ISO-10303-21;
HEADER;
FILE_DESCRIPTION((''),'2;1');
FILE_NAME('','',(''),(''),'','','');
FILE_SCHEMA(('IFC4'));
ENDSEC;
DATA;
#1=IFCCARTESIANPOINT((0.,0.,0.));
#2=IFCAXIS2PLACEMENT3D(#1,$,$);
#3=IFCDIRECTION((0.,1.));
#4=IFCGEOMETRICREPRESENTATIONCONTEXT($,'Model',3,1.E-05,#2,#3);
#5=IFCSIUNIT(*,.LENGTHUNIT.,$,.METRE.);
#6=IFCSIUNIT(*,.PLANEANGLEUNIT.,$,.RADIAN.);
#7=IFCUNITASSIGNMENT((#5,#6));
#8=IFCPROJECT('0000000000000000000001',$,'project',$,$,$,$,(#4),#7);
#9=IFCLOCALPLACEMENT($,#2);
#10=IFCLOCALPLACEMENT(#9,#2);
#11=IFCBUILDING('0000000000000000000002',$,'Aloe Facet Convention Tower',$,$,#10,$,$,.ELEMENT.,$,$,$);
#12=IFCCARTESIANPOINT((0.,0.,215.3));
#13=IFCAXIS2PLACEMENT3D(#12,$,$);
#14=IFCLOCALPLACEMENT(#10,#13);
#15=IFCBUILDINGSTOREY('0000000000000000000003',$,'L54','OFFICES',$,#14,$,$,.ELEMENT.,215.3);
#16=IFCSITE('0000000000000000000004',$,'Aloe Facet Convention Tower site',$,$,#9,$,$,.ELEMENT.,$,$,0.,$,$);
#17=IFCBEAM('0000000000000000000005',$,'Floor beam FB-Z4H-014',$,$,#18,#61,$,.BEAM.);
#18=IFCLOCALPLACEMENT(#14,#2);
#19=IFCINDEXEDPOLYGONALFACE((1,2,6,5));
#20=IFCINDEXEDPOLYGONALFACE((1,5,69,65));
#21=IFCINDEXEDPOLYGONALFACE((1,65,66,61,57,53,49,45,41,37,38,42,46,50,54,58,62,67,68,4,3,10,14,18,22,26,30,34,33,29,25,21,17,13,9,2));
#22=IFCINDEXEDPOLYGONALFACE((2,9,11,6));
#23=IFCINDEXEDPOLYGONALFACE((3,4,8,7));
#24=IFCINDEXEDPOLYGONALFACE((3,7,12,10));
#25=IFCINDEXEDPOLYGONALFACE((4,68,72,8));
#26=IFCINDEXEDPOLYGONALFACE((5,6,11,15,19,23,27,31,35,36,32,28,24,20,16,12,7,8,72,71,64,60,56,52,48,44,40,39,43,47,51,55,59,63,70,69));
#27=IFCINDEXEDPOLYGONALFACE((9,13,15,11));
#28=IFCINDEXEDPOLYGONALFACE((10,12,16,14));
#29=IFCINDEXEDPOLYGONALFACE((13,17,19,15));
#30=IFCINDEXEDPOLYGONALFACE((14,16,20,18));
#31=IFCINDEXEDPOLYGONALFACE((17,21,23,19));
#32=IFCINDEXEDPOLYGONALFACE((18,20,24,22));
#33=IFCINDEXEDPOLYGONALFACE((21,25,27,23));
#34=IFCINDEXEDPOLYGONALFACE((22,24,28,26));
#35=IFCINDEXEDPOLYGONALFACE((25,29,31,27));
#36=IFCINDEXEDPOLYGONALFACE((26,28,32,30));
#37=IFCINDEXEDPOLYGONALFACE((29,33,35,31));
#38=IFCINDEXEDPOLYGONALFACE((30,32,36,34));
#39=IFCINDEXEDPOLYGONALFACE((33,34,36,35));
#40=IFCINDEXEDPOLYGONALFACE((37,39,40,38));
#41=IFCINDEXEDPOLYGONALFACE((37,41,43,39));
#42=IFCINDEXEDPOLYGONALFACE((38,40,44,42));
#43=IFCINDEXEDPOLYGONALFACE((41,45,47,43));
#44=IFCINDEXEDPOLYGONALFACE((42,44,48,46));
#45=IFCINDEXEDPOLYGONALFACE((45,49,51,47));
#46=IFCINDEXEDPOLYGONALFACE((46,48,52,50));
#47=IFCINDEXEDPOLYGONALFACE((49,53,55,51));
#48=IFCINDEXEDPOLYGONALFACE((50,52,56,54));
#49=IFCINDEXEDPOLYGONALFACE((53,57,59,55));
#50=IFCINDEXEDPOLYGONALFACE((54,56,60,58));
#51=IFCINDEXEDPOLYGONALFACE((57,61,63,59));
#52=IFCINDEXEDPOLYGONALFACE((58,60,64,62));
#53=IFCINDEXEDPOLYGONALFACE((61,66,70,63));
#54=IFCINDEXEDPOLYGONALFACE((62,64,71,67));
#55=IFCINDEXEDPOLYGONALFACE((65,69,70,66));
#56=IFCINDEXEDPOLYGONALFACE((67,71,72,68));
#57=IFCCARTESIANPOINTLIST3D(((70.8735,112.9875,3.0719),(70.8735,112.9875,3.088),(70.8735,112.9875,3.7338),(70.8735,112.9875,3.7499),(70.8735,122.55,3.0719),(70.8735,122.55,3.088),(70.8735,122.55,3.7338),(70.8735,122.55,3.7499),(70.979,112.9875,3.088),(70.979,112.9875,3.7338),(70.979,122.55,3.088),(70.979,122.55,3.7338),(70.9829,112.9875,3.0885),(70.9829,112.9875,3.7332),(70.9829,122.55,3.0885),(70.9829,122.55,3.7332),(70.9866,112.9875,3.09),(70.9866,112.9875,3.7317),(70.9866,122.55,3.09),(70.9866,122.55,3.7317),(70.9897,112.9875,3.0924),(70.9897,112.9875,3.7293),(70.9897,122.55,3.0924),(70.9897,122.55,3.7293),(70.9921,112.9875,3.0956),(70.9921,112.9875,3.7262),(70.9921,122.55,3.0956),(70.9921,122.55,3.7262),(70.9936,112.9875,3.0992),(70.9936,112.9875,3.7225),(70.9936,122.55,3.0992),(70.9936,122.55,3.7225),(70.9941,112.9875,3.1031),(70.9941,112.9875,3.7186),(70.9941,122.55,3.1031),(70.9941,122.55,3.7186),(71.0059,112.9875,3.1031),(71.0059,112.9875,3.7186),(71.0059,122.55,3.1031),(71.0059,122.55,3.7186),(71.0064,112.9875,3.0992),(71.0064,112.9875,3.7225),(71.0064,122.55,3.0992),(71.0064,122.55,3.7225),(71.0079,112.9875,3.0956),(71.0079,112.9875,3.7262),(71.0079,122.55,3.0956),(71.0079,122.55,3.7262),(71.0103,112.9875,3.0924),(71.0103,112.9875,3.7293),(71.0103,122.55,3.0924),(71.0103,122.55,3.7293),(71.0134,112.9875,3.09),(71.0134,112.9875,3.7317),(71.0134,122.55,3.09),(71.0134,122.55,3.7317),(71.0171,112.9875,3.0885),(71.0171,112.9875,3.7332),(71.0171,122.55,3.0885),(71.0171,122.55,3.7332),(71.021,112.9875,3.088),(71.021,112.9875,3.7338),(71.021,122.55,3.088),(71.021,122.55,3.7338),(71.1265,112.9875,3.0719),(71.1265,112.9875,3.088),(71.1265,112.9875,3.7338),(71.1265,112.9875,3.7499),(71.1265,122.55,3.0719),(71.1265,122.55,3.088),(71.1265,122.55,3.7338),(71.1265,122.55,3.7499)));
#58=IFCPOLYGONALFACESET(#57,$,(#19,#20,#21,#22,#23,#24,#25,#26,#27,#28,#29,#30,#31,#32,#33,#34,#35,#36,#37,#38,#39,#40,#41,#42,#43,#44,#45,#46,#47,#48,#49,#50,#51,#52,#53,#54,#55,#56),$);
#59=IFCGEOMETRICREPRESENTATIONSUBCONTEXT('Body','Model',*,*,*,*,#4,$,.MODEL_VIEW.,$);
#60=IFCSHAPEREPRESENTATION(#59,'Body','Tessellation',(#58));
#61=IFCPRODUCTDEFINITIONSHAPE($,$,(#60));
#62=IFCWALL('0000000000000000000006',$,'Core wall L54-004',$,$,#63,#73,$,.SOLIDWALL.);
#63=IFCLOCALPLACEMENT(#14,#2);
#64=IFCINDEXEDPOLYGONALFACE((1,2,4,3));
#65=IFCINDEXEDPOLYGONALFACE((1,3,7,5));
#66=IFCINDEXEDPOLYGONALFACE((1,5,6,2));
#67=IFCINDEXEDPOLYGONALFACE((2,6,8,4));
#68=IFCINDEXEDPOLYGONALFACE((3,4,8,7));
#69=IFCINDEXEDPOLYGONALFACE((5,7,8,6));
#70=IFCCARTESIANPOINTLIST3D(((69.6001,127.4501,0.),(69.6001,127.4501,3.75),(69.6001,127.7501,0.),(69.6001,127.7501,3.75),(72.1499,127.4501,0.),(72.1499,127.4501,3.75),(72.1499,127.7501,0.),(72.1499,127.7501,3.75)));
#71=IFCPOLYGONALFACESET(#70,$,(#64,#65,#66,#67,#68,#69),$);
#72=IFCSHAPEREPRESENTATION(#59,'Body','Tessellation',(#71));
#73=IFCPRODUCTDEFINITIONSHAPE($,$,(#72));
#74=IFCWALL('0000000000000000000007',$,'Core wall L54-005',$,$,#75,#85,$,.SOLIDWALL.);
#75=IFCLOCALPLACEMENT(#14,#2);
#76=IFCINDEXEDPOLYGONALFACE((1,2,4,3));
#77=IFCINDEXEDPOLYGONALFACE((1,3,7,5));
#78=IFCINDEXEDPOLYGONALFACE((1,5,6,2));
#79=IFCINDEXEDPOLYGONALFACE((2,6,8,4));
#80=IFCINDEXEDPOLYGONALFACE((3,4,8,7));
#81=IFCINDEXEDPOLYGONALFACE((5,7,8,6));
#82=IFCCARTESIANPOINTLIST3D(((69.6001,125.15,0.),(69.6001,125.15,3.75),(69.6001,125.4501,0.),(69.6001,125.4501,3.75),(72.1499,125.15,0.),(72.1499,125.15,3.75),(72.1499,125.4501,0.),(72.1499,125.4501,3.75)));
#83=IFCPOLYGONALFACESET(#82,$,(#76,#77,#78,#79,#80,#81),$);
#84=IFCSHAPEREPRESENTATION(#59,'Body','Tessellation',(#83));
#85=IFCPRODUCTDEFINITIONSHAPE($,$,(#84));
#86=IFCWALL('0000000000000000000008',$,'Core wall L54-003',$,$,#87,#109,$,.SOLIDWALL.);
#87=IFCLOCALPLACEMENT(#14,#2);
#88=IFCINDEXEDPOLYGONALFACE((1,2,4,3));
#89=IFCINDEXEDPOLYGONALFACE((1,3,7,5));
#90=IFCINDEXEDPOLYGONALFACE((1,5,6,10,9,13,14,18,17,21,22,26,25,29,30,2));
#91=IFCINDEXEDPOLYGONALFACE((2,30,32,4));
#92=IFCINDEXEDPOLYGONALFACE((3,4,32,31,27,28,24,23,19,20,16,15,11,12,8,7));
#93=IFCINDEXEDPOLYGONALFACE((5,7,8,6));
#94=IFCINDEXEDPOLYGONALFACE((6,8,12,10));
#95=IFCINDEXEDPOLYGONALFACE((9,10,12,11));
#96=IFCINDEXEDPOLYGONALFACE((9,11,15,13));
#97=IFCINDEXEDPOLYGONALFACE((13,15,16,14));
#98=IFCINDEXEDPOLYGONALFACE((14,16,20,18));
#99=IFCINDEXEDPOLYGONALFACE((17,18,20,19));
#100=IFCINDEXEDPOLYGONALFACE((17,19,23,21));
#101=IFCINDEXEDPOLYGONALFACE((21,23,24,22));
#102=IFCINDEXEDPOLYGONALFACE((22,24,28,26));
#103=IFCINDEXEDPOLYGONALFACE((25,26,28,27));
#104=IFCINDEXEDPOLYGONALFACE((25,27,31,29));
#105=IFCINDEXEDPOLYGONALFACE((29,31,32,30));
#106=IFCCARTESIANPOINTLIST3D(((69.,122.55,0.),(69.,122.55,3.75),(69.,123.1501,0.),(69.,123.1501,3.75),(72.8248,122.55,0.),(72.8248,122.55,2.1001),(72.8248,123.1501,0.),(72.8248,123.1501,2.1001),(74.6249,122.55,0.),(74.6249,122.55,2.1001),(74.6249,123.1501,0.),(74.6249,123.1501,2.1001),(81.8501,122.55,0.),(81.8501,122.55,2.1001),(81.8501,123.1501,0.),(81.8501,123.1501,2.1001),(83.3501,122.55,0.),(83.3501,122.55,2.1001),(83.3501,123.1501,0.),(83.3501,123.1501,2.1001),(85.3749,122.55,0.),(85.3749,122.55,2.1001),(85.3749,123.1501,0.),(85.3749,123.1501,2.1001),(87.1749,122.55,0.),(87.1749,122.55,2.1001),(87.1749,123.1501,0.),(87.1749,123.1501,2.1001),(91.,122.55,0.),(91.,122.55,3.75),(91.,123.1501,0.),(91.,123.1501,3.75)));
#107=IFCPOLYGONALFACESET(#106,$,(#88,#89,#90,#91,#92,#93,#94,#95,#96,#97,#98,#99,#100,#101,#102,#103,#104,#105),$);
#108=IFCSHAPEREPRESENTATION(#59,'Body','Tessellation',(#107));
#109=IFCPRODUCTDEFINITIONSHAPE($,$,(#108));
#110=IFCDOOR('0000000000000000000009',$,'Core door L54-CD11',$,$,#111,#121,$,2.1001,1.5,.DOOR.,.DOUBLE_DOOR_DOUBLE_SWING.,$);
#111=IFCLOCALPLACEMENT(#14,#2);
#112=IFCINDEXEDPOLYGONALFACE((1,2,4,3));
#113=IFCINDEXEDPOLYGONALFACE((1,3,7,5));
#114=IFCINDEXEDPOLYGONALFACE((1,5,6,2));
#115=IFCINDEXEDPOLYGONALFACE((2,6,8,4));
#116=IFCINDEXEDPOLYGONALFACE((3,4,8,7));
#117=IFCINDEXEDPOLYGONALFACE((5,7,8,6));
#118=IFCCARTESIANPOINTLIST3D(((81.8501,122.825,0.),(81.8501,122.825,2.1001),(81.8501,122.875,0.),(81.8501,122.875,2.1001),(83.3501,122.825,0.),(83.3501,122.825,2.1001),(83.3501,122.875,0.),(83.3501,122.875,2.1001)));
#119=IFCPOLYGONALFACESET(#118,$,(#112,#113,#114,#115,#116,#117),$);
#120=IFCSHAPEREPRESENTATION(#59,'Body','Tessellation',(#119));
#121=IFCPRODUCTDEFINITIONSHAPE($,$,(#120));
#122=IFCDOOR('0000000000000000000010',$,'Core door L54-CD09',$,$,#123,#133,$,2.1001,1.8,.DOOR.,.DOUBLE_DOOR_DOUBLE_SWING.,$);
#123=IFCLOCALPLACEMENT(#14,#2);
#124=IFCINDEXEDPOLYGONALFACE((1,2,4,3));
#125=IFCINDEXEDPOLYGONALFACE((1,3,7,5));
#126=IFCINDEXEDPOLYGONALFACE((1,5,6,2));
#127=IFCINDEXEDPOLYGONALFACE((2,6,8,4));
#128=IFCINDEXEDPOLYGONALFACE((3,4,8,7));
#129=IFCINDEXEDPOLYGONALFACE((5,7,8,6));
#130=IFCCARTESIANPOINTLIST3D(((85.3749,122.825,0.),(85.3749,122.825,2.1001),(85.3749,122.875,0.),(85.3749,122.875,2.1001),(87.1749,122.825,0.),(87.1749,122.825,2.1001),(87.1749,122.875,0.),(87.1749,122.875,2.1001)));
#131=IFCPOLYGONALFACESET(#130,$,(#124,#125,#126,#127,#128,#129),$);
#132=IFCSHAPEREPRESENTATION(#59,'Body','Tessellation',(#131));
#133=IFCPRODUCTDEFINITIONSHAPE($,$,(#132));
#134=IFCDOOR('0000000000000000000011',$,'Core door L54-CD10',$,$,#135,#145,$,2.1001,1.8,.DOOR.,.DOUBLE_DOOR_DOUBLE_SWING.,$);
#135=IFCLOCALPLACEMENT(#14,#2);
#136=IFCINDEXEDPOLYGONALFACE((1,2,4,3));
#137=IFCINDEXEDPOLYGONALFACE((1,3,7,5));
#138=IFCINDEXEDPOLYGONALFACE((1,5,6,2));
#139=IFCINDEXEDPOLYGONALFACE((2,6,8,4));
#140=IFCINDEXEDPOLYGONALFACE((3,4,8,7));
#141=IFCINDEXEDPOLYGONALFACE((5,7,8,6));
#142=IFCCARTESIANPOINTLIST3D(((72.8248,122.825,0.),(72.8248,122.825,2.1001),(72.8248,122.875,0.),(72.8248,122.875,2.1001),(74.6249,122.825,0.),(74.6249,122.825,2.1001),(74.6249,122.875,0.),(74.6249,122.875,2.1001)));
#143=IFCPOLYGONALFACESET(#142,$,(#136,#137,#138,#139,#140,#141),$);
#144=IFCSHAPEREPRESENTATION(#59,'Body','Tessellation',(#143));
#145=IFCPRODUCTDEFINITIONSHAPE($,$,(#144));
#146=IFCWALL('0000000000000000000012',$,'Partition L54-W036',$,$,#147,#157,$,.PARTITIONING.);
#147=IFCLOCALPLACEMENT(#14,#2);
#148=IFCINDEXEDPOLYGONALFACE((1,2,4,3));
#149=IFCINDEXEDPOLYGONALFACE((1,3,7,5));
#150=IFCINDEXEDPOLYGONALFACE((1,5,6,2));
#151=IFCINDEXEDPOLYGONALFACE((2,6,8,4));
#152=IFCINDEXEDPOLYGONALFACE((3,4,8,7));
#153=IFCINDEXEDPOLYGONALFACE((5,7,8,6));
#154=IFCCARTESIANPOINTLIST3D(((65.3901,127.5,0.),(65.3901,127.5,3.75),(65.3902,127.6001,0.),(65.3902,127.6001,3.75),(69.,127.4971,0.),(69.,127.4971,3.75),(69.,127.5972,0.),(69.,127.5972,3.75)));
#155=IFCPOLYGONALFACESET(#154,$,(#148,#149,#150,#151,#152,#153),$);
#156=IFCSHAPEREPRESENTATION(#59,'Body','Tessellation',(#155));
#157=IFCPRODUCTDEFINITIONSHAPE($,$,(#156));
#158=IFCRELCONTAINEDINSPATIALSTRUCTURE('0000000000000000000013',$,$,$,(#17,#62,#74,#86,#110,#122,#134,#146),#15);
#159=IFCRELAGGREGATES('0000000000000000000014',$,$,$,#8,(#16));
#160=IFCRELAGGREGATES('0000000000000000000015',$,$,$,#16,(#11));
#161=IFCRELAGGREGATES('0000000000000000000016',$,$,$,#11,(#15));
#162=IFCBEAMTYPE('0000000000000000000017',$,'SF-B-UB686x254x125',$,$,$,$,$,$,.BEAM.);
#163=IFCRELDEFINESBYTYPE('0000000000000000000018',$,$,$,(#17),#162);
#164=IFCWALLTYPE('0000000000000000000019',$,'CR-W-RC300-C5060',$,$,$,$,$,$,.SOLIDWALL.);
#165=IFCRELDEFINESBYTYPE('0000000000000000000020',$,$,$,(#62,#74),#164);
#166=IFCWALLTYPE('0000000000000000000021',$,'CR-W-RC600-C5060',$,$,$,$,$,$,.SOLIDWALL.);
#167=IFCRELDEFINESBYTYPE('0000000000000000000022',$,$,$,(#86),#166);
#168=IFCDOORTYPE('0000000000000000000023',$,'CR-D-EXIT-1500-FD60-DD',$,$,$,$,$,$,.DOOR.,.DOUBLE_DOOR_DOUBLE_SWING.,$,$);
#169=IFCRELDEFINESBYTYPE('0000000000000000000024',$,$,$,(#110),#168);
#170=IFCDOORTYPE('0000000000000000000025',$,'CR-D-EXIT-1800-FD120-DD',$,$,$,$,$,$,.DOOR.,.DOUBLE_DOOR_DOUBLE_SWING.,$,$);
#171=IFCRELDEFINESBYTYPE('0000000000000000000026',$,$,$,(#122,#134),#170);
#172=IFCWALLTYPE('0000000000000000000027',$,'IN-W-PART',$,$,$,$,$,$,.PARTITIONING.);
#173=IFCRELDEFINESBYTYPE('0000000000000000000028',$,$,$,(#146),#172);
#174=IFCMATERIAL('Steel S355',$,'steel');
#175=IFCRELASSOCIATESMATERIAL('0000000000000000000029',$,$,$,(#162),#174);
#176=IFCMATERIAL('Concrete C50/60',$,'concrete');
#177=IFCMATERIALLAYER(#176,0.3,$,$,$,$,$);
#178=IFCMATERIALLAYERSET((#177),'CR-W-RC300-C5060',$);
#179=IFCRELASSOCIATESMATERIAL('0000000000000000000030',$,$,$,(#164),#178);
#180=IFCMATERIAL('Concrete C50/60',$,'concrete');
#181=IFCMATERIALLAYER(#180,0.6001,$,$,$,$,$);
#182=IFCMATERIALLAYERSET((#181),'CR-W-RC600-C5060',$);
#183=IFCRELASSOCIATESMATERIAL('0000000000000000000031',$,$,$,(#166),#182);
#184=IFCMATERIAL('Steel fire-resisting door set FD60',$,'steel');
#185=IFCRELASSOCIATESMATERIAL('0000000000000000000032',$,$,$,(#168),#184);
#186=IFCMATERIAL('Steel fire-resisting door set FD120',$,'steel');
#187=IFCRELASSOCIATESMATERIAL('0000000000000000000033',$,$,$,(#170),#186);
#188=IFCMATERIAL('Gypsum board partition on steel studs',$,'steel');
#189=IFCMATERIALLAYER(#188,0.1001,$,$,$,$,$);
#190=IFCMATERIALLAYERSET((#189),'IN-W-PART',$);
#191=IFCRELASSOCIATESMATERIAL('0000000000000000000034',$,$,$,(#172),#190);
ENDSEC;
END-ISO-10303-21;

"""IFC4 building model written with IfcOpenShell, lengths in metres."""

from ifc_helpers import new_model, si_unit, direction, frame, frame_2d, origin, origin_2d, place, context, subcontext, project, spatial, rectangle, i_section, extrude, material, layer, layer_set, material_profile, profile_set, type_object, element, fill, save


model = new_model("IFC4")

# Units and contexts
model_context = context("Model", 3, precision=1e-05, world=origin(), true_north=direction((0.0, 1.0)))
body_context = subcontext(model_context, "Body", "Model", "MODEL_VIEW")
ifc_project = project(units=[si_unit("LENGTHUNIT", "METRE"), si_unit("PLANEANGLEUNIT", "RADIAN")], contexts=[model_context])

# Site, building, storey
site_placement = place(None, origin())
site = spatial("IfcSite", under=ifc_project, at=site_placement, Name="Aloe Facet Convention Tower site", CompositionType="ELEMENT", RefElevation=0.0)
building_placement = place(site_placement, origin())
building = spatial("IfcBuilding", under=site, at=building_placement, Name="Aloe Facet Convention Tower", CompositionType="ELEMENT")
storey_placement = place(building_placement, frame((0.0, 0.0, 215.3)))
storey = spatial("IfcBuildingStorey", under=building, at=storey_placement, Name="L54", Description="OFFICES", CompositionType="ELEMENT", Elevation=215.3)

# Beam
ifc_material_1 = material(Name="Steel S355", Category="steel")
ifc_material_profile_1 = material_profile(ifc_material_1, i_section(OverallWidth=0.2529, OverallDepth=0.678, WebThickness=0.0117, FlangeThickness=0.0161, FilletRadius=0.0151, at=origin_2d()), Name="UB 686x254x125")
ifc_profile_set_1 = profile_set([ifc_material_profile_1], Name="Steel S355")
beam_type_1 = type_object("IfcBeamType", Name="SF-B-UB686x254x125", PredefinedType="BEAM", material=ifc_profile_set_1)
beam_1_placement = place(storey_placement, frame((71.0, 122.55, 3.4109), z_axis=(0.0, -1.0, 0.0), x_axis=(1.0, 0.0, 0.0)))
element("IfcBeam", 1, at=beam_1_placement, inside=storey, type_object=beam_type_1, Name="Floor beam FB-Z4H-014", PredefinedType="BEAM", context=body_context, shape_type="SweptSolid", body=[
    extrude(i_section(OverallWidth=0.2529, OverallDepth=0.678, WebThickness=0.0117, FlangeThickness=0.0161, FilletRadius=0.0151, at=origin_2d()), origin(), (0.0, 0.0, 1.0), 9.5625),
])

# Walls
ifc_material_2 = material(Name="Concrete C50/60", Category="concrete")
ifc_layer_1 = layer(ifc_material_2, 0.3)
ifc_layer_set_1 = layer_set([ifc_layer_1], Name="CR-W-RC300-C5060")
wall_type_1 = type_object("IfcWallType", Name="CR-W-RC300-C5060", PredefinedType="SOLIDWALL", material=ifc_layer_set_1)
for number, where, z_axis, x_axis, name in (
    (2, (69.6001, 127.6001, 0.0), (0.0, 0.0, 1.0), (1.0, 0.0, 0.0), "Core wall L54-004"),
    (3, (69.6001, 125.3, 0.0), (0.0, 0.0, 1.0), (1.0, 0.0, 0.0), "Core wall L54-005"),
):
    element("IfcWall", number, at=place(storey_placement, frame(where, z_axis=z_axis, x_axis=x_axis)), inside=storey, type_object=wall_type_1, Name=name, PredefinedType="SOLIDWALL", context=body_context, shape_type="SweptSolid", body=[
        extrude(rectangle(XDim=2.5498, YDim=0.3, at=frame_2d((1.2749, 0.0))), origin(), (0.0, 0.0, 1.0), 3.75),
    ])

# Wall, openings, doors
ifc_material_3 = material(Name="Concrete C50/60", Category="concrete")
ifc_layer_2 = layer(ifc_material_3, 0.6001)
ifc_layer_set_2 = layer_set([ifc_layer_2], Name="CR-W-RC600-C5060")
wall_type_2 = type_object("IfcWallType", Name="CR-W-RC600-C5060", PredefinedType="SOLIDWALL", material=ifc_layer_set_2)
wall_1_placement = place(storey_placement, frame((69.0, 122.8501, 0.0), z_axis=(0.0, 0.0, 1.0), x_axis=(1.0, 0.0, 0.0)))
wall_1 = element("IfcWall", 4, at=wall_1_placement, inside=storey, type_object=wall_type_2, Name="Core wall L54-003", PredefinedType="SOLIDWALL", context=body_context, shape_type="SweptSolid", body=[
    extrude(rectangle(XDim=22.0, YDim=0.6001, at=frame_2d((11.0, 0.0))), origin(), (0.0, 0.0, 1.0), 3.75),
])
opening_1_placement = place(wall_1_placement, frame((16.375, 0.0, 0.0)))
opening_1 = element("IfcOpeningElement", 5, at=opening_1_placement, cuts=wall_1, PredefinedType="OPENING", context=body_context, shape_type="SweptSolid", body=[
    extrude(rectangle(XDim=1.8, YDim=2.1001, at=frame_2d((0.8999, 1.05))), frame((0.0, 0.3101, 0.0), z_axis=(0.0, -1.0, 0.0), x_axis=(1.0, 0.0, 0.0)), (0.0, 0.0, 1.0), 0.6201),
])
opening_2_placement = place(wall_1_placement, frame((3.825, 0.0, 0.0)))
opening_2 = element("IfcOpeningElement", 6, at=opening_2_placement, cuts=wall_1, PredefinedType="OPENING", context=body_context, shape_type="SweptSolid", body=[
    extrude(rectangle(XDim=1.8, YDim=2.1001, at=frame_2d((0.8999, 1.05))), frame((0.0, 0.3101, 0.0), z_axis=(0.0, -1.0, 0.0), x_axis=(1.0, 0.0, 0.0)), (0.0, 0.0, 1.0), 0.6201),
])
opening_3_placement = place(wall_1_placement, frame((12.8501, 0.0, 0.0)))
opening_3 = element("IfcOpeningElement", 7, at=opening_3_placement, cuts=wall_1, PredefinedType="OPENING", context=body_context, shape_type="SweptSolid", body=[
    extrude(rectangle(XDim=1.5, YDim=2.1001, at=frame_2d((0.75, 1.05))), frame((0.0, 0.3101, 0.0), z_axis=(0.0, -1.0, 0.0), x_axis=(1.0, 0.0, 0.0)), (0.0, 0.0, 1.0), 0.6201),
])
ifc_material_4 = material(Name="Steel fire-resisting door set FD60", Category="steel")
door_type_1 = type_object("IfcDoorType", Name="CR-D-EXIT-1500-FD60-DD", OperationType="DOUBLE_DOOR_DOUBLE_SWING", PredefinedType="DOOR", material=ifc_material_4)
door_1_placement = place(opening_3_placement, origin())
door_1 = element("IfcDoor", 8, at=door_1_placement, inside=storey, type_object=door_type_1, Name="Core door L54-CD11", OperationType="DOUBLE_DOOR_DOUBLE_SWING", OverallHeight=2.1001, OverallWidth=1.5, PredefinedType="DOOR", context=body_context, shape_type="SweptSolid", body=[
    extrude(rectangle(XDim=1.5, YDim=2.1001, at=frame_2d((0.75, 1.05))), frame((0.0, 0.0249, 0.0), z_axis=(0.0, -1.0, 0.0), x_axis=(1.0, 0.0, 0.0)), (0.0, 0.0, 1.0), 0.05),
])
fill(opening_3, door_1)
ifc_material_5 = material(Name="Steel fire-resisting door set FD120", Category="steel")
door_type_2 = type_object("IfcDoorType", Name="CR-D-EXIT-1800-FD120-DD", OperationType="DOUBLE_DOOR_DOUBLE_SWING", PredefinedType="DOOR", material=ifc_material_5)
door_2_placement = place(opening_1_placement, origin())
door_2 = element("IfcDoor", 9, at=door_2_placement, inside=storey, type_object=door_type_2, Name="Core door L54-CD09", OperationType="DOUBLE_DOOR_DOUBLE_SWING", OverallHeight=2.1001, OverallWidth=1.8, PredefinedType="DOOR", context=body_context, shape_type="SweptSolid", body=[
    extrude(rectangle(XDim=1.8, YDim=2.1001, at=frame_2d((0.8999, 1.05))), frame((0.0, 0.0249, 0.0), z_axis=(0.0, -1.0, 0.0), x_axis=(1.0, 0.0, 0.0)), (0.0, 0.0, 1.0), 0.05),
])
fill(opening_1, door_2)
door_3_placement = place(opening_2_placement, origin())
door_3 = element("IfcDoor", 10, at=door_3_placement, inside=storey, type_object=door_type_2, Name="Core door L54-CD10", OperationType="DOUBLE_DOOR_DOUBLE_SWING", OverallHeight=2.1001, OverallWidth=1.8, PredefinedType="DOOR", context=body_context, shape_type="SweptSolid", body=[
    extrude(rectangle(XDim=1.8, YDim=2.1001, at=frame_2d((0.8999, 1.05))), frame((0.0, 0.0249, 0.0), z_axis=(0.0, -1.0, 0.0), x_axis=(1.0, 0.0, 0.0)), (0.0, 0.0, 1.0), 0.05),
])
fill(opening_2, door_3)

# Wall
ifc_material_6 = material(Name="Gypsum board partition on steel studs", Category="steel")
ifc_layer_3 = layer(ifc_material_6, 0.1001)
ifc_layer_set_3 = layer_set([ifc_layer_3], Name="IN-W-PART")
wall_type_3 = type_object("IfcWallType", Name="IN-W-PART", PredefinedType="PARTITIONING", material=ifc_layer_set_3)
wall_2_placement = place(storey_placement, frame((65.3901, 127.55, 0.0), z_axis=(0.0, 0.0, 1.0), x_axis=(1.0, -0.000812, 0.0)))
element("IfcWall", 11, at=wall_2_placement, inside=storey, type_object=wall_type_3, Name="Partition L54-W036", PredefinedType="PARTITIONING", context=body_context, shape_type="SweptSolid", body=[
    extrude(rectangle(XDim=3.6099, YDim=0.1001, at=frame_2d((1.8049, 0.0))), origin(), (0.0, 0.0, 1.0), 3.75),
])

save(model, "model.ifc")
